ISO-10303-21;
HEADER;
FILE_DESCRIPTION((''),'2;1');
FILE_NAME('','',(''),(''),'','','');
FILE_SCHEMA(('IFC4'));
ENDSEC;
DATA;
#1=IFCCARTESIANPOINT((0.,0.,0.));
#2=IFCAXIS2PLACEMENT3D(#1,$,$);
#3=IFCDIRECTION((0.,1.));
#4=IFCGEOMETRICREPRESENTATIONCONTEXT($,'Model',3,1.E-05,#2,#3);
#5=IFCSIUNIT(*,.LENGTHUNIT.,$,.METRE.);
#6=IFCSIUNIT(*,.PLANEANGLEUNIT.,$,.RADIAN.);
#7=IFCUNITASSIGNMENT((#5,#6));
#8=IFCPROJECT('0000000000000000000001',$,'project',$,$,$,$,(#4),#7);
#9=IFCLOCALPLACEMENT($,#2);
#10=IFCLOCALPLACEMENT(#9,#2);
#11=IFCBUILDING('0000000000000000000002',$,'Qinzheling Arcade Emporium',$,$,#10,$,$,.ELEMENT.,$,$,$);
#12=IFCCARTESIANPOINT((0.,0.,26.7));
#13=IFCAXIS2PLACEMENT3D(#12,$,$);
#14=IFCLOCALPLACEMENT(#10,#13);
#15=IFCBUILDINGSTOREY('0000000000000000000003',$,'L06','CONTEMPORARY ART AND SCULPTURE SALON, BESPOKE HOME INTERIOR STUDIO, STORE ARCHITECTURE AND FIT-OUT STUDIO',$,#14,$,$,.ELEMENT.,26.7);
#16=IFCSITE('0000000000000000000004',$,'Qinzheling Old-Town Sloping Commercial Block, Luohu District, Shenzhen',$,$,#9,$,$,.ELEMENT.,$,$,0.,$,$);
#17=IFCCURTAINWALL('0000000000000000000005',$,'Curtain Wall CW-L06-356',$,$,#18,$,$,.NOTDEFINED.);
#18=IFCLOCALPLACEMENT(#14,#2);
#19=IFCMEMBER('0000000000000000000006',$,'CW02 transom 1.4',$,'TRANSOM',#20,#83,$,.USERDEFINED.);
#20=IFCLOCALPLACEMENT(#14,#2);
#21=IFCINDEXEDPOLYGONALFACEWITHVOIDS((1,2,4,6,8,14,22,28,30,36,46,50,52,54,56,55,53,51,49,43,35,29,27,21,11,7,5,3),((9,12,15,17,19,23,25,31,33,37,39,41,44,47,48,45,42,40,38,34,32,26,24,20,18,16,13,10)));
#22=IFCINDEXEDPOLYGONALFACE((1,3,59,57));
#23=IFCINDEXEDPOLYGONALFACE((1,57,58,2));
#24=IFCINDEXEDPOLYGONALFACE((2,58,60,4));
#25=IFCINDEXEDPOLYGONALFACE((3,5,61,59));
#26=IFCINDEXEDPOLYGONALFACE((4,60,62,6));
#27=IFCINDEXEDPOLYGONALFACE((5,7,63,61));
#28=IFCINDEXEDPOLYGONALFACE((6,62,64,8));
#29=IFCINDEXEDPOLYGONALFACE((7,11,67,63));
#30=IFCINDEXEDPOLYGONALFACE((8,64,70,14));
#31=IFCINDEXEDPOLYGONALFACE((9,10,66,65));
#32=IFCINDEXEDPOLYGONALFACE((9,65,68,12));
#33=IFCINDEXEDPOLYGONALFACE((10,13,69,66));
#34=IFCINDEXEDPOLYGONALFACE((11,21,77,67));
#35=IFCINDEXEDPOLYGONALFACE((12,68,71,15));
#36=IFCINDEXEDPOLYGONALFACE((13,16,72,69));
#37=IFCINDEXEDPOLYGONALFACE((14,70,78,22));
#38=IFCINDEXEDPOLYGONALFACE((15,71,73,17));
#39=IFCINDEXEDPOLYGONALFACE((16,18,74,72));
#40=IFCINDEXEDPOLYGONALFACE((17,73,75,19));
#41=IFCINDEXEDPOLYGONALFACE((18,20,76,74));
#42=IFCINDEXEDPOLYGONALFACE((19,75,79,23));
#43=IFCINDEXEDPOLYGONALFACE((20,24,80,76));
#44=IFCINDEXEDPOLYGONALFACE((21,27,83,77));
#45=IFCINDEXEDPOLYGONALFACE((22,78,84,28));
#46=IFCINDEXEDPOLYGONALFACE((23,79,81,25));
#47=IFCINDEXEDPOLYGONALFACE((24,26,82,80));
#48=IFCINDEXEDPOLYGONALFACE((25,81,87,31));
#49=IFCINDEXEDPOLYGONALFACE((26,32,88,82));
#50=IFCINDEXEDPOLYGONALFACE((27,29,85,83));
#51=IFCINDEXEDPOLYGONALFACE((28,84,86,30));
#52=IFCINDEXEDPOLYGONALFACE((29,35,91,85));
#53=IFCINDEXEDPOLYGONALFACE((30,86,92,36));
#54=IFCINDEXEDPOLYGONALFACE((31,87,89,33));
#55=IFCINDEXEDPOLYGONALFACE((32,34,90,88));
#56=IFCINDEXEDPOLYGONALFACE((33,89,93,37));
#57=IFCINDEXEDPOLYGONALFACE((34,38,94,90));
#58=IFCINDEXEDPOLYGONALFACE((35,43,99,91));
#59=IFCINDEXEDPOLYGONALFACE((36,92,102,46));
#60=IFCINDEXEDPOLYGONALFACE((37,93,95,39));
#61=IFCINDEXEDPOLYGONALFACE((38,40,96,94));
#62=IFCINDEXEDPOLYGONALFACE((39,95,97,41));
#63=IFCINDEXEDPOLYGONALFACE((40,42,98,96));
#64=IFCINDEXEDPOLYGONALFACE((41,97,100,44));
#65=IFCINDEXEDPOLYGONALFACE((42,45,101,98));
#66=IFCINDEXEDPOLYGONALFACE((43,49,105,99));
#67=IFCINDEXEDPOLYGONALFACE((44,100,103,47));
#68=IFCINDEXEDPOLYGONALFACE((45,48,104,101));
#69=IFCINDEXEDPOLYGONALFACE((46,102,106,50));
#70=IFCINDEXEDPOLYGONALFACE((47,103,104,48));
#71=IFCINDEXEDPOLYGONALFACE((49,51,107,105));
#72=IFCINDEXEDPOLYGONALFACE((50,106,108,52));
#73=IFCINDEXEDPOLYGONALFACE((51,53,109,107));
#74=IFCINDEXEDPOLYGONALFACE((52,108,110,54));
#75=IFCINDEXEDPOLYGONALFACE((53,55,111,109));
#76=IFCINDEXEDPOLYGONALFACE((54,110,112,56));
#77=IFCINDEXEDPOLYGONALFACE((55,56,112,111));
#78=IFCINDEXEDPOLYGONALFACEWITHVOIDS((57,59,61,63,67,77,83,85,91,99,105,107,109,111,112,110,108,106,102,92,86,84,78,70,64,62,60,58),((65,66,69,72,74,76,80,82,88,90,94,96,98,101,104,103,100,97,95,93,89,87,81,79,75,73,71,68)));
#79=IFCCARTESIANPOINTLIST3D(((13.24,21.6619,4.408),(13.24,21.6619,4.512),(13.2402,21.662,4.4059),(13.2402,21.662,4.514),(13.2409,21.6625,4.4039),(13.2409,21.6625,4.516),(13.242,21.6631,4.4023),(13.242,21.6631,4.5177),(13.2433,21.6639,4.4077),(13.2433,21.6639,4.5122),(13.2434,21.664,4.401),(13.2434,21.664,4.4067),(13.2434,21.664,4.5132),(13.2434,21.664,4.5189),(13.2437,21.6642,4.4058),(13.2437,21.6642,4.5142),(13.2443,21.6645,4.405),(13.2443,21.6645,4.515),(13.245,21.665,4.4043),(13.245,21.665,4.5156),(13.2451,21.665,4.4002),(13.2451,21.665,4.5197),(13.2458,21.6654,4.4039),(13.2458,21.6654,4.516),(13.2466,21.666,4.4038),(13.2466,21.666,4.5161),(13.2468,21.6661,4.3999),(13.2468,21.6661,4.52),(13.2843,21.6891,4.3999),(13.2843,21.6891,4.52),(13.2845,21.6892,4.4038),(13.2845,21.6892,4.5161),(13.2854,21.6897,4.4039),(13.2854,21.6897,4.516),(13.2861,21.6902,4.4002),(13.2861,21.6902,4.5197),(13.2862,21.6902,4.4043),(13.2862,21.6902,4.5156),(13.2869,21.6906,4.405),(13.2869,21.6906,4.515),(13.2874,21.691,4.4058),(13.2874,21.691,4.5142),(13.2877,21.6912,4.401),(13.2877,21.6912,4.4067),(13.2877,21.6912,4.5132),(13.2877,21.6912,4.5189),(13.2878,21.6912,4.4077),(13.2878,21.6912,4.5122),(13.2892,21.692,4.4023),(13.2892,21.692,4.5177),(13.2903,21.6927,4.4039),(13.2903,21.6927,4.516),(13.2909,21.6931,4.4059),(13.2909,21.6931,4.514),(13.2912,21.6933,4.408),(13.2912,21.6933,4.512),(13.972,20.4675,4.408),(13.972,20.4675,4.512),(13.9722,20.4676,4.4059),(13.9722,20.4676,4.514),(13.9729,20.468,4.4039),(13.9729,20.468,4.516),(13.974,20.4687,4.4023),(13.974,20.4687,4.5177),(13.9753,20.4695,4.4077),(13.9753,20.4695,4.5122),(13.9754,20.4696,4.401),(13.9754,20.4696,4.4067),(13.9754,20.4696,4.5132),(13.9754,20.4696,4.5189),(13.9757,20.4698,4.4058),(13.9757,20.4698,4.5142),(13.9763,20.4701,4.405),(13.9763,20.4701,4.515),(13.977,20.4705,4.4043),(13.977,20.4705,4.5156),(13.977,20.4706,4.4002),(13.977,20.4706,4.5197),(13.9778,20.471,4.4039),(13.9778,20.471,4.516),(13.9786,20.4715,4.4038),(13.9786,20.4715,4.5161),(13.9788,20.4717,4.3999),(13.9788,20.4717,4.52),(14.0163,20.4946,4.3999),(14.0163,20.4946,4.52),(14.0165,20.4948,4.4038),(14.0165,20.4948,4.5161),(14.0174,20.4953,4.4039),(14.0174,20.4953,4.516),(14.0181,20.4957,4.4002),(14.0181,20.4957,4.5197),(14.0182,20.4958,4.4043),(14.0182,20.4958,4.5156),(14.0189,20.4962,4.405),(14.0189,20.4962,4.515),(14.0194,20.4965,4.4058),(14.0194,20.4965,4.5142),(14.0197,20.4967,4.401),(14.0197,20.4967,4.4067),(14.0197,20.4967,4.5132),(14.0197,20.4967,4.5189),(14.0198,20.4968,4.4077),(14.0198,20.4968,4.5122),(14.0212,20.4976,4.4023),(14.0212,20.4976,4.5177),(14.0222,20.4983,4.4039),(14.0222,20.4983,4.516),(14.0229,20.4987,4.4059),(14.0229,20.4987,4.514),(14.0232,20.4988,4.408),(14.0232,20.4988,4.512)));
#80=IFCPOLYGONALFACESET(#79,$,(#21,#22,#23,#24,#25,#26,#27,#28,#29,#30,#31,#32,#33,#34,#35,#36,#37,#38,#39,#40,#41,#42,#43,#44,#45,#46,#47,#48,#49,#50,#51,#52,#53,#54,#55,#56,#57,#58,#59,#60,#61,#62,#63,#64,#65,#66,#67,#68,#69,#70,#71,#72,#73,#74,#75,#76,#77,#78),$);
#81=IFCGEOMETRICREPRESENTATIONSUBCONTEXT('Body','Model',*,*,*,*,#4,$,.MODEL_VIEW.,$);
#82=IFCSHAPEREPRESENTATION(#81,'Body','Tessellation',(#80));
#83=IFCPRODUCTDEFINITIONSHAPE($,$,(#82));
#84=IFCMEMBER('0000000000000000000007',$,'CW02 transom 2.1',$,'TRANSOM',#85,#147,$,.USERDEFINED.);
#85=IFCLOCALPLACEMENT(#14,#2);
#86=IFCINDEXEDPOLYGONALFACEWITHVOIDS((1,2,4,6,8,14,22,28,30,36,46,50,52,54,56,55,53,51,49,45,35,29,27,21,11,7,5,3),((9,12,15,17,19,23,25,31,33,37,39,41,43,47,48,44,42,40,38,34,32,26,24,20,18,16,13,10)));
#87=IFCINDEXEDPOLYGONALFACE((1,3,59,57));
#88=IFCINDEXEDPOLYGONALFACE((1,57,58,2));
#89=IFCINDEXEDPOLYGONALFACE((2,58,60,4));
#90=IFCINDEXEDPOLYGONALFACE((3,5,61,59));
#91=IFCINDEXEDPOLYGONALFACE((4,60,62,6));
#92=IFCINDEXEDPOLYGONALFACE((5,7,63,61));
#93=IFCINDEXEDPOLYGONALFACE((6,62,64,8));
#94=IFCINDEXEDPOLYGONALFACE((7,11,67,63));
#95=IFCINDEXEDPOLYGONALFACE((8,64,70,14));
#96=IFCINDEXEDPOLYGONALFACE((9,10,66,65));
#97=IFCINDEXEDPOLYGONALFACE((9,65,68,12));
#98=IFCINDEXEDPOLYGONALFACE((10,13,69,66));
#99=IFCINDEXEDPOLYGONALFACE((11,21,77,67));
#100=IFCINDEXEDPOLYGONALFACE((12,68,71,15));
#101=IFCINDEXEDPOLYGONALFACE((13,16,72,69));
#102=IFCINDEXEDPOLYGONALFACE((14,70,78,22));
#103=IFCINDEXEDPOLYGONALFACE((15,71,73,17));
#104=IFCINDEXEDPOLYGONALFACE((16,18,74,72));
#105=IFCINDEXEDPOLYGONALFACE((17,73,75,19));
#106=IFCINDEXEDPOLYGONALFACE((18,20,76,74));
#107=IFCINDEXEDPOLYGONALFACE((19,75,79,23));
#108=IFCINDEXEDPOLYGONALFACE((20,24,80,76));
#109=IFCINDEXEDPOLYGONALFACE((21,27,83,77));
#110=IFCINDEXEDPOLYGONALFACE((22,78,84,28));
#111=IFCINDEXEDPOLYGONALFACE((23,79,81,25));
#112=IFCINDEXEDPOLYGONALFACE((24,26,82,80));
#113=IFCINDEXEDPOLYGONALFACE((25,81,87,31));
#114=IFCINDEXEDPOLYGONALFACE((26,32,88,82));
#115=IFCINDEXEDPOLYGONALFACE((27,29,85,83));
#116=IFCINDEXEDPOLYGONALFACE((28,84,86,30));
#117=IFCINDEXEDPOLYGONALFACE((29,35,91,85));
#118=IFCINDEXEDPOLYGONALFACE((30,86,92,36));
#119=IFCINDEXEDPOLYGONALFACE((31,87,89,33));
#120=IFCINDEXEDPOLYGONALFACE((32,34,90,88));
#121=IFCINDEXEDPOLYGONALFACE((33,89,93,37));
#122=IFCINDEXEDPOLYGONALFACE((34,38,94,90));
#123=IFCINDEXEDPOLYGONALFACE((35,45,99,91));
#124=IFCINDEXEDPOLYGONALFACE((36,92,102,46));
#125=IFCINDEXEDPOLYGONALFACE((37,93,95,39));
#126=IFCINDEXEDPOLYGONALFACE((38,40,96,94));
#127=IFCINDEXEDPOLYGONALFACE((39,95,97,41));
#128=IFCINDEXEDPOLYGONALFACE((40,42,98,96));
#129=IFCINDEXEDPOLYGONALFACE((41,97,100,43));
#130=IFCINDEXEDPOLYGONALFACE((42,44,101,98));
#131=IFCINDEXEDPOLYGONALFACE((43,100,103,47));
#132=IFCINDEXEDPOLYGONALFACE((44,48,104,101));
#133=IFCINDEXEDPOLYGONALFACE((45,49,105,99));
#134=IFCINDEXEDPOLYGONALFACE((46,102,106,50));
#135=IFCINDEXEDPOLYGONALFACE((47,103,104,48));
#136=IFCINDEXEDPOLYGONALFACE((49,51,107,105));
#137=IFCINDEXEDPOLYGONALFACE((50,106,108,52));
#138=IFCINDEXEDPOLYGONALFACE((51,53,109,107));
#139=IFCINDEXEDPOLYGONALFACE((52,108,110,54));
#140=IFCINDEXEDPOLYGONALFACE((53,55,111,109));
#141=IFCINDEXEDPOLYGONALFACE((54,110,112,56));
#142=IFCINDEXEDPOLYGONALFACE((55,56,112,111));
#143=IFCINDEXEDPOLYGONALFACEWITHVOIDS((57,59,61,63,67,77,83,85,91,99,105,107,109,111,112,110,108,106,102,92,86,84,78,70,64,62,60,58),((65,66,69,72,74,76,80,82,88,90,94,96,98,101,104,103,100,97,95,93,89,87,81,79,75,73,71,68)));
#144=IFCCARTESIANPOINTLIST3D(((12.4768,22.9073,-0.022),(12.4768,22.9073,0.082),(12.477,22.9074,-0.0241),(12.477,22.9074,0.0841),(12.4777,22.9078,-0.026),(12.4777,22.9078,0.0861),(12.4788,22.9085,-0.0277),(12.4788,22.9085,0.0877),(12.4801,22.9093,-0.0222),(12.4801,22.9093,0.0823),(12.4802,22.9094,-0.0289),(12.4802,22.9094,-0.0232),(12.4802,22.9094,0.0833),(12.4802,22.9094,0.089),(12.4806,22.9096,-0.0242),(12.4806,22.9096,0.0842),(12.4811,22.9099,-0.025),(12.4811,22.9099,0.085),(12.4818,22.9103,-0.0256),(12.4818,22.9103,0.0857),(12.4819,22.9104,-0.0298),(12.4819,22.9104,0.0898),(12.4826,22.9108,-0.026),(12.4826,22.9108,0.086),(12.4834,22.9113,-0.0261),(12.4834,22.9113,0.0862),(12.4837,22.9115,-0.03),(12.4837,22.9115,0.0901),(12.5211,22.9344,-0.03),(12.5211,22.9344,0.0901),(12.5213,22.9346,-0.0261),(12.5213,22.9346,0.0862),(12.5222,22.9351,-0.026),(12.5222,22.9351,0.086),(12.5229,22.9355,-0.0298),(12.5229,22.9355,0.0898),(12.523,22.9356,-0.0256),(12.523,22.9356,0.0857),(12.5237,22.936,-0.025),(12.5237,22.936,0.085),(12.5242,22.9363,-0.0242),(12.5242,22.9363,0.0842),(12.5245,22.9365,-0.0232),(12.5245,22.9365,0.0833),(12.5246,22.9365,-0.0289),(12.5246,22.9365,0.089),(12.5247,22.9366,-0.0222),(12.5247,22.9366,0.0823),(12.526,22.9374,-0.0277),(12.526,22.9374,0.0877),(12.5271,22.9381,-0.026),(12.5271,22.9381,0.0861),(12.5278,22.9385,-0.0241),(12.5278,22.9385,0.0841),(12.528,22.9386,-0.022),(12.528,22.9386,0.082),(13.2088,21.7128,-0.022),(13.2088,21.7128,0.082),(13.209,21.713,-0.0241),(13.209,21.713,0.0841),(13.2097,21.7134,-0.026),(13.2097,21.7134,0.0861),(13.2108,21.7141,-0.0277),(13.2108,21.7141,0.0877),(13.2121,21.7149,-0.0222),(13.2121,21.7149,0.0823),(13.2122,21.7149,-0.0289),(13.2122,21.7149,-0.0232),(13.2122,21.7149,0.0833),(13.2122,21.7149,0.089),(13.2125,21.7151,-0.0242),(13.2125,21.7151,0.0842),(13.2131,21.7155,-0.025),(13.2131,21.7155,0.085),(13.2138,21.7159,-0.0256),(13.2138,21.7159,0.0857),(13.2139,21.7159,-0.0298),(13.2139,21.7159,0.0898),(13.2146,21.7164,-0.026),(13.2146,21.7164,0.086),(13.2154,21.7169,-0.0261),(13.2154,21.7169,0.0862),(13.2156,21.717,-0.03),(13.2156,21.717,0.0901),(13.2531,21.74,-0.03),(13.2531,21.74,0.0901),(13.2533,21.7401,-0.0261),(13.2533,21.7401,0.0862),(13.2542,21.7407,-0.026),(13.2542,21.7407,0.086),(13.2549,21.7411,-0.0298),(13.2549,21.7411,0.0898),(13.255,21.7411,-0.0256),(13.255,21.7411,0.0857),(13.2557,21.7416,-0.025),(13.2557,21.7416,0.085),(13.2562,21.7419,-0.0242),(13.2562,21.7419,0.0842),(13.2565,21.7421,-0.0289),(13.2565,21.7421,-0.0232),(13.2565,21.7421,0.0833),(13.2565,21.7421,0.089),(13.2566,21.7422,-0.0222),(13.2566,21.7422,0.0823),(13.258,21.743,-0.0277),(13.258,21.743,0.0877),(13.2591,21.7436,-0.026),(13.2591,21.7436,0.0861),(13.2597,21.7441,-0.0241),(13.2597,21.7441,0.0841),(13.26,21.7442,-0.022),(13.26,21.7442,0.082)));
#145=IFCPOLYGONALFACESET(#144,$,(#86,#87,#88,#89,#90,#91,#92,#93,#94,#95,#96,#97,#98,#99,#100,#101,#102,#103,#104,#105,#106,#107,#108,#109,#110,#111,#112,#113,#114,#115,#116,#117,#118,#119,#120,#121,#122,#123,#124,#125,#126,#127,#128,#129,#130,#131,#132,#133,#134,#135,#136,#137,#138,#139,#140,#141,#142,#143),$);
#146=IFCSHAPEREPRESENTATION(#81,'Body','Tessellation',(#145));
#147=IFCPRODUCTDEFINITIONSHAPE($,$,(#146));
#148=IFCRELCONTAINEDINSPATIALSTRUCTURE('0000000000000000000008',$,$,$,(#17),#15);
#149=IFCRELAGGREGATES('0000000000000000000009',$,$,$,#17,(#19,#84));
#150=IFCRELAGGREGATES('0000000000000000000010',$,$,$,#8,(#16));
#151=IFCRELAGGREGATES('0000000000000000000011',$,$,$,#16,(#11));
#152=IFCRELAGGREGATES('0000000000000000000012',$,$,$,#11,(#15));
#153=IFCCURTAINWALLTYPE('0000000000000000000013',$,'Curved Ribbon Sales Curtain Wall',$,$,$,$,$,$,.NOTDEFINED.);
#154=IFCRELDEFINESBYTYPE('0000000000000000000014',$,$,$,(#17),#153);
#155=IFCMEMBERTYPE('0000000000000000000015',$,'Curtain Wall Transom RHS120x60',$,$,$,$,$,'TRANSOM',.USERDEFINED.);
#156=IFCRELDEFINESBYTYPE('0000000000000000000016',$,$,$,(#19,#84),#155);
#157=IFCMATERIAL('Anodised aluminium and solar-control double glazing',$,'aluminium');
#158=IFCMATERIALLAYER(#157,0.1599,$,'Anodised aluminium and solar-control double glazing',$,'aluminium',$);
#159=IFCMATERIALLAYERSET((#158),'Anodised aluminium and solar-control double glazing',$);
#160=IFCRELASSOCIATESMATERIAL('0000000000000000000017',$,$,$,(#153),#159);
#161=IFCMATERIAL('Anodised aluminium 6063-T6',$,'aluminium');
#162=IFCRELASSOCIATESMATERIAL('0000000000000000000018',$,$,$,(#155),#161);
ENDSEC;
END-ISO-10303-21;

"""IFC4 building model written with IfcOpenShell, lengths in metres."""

from ifc_helpers import new_model, si_unit, direction, frame, origin, origin_2d, place, context, subcontext, project, spatial, hollow_rectangle, extrude, material, layer, layer_set, material_profile, profile_set, type_object, element, aggregate, save


model = new_model("IFC4")

# Units and contexts
model_context = context("Model", 3, precision=1e-05, world=origin(), true_north=direction((0.0, 1.0)))
body_context = subcontext(model_context, "Body", "Model", "MODEL_VIEW")
ifc_project = project(units=[si_unit("LENGTHUNIT", "METRE"), si_unit("PLANEANGLEUNIT", "RADIAN")], contexts=[model_context])

# Site, building, storey
site_placement = place(None, origin())
site = spatial("IfcSite", under=ifc_project, at=site_placement, Name="Qinzheling Old-Town Sloping Commercial Block, Luohu District, Shenzhen", CompositionType="ELEMENT", RefElevation=0.0)
building_placement = place(site_placement, origin())
building = spatial("IfcBuilding", under=site, at=building_placement, Name="Qinzheling Arcade Emporium", CompositionType="ELEMENT")
storey_placement = place(building_placement, frame((0.0, 0.0, 26.7)))
storey = spatial("IfcBuildingStorey", under=building, at=storey_placement, Name="L06", Description="CONTEMPORARY ART AND SCULPTURE SALON, BESPOKE HOME INTERIOR STUDIO, STORE ARCHITECTURE AND FIT-OUT STUDIO", CompositionType="ELEMENT", Elevation=26.7)

# Curtain wall
ifc_material_1 = material(Name="Anodised aluminium and solar-control double glazing", Category="aluminium")
ifc_layer_1 = layer(ifc_material_1, 0.1599, Name="Anodised aluminium and solar-control double glazing", Category="aluminium")
ifc_layer_set_1 = layer_set([ifc_layer_1], Name="Anodised aluminium and solar-control double glazing")
curtain_wall_type = type_object("IfcCurtainWallType", Name="Curved Ribbon Sales Curtain Wall", PredefinedType="NOTDEFINED", material=ifc_layer_set_1)
curtain_wall_1_placement = place(storey_placement, origin())
curtain_wall_1 = element("IfcCurtainWall", 1, at=curtain_wall_1_placement, inside=storey, type_object=curtain_wall_type, Name="Curtain Wall CW-L06-356", PredefinedType="NOTDEFINED")
ifc_material_2 = material(Name="Anodised aluminium 6063-T6", Category="aluminium")

# Members
ifc_material_profile_1 = material_profile(ifc_material_2, hollow_rectangle(XDim=0.0601, YDim=0.1201, WallThickness=0.0039, InnerFilletRadius=0.0039, OuterFilletRadius=0.0081, at=origin_2d()), Name="RHS 120x60x4", Category="aluminium")
ifc_profile_set_1 = profile_set([ifc_material_profile_1], Name="Anodised aluminium 6063-T6")
member_type_1 = type_object("IfcMemberType", Name="Curtain Wall Transom RHS120x60", ElementType="TRANSOM", PredefinedType="USERDEFINED", material=ifc_profile_set_1)
member_1_placement = place(storey_placement, frame((13.9976, 20.4832, 4.46), z_axis=(-0.522521, 0.852626, 0.0), x_axis=(-0.852626, -0.522521, 0.0)))
member_1 = element("IfcMember", 2, at=member_1_placement, type_object=member_type_1, Name="CW02 transom 1.4", ObjectType="TRANSOM", PredefinedType="USERDEFINED", context=body_context, shape_type="SweptSolid", body=[
    extrude(hollow_rectangle(XDim=0.0601, YDim=0.1201, WallThickness=0.0039, InnerFilletRadius=0.0039, OuterFilletRadius=0.0081, at=origin_2d()), origin(), (0.0, 0.0, 1.0), 1.4009),
])
member_2_placement = place(storey_placement, frame((13.2344, 21.7285, 0.03), z_axis=(-0.522521, 0.852626, 0.0), x_axis=(-0.852626, -0.522521, 0.0)))
member_2 = element("IfcMember", 3, at=member_2_placement, type_object=member_type_1, Name="CW02 transom 2.1", ObjectType="TRANSOM", PredefinedType="USERDEFINED", context=body_context, shape_type="SweptSolid", body=[
    extrude(hollow_rectangle(XDim=0.0601, YDim=0.1201, WallThickness=0.0039, InnerFilletRadius=0.0039, OuterFilletRadius=0.0081, at=origin_2d()), origin(), (0.0, 0.0, 1.0), 1.4009),
])

aggregate(curtain_wall_1, [member_1, member_2])

save(model, "model.ifc")
